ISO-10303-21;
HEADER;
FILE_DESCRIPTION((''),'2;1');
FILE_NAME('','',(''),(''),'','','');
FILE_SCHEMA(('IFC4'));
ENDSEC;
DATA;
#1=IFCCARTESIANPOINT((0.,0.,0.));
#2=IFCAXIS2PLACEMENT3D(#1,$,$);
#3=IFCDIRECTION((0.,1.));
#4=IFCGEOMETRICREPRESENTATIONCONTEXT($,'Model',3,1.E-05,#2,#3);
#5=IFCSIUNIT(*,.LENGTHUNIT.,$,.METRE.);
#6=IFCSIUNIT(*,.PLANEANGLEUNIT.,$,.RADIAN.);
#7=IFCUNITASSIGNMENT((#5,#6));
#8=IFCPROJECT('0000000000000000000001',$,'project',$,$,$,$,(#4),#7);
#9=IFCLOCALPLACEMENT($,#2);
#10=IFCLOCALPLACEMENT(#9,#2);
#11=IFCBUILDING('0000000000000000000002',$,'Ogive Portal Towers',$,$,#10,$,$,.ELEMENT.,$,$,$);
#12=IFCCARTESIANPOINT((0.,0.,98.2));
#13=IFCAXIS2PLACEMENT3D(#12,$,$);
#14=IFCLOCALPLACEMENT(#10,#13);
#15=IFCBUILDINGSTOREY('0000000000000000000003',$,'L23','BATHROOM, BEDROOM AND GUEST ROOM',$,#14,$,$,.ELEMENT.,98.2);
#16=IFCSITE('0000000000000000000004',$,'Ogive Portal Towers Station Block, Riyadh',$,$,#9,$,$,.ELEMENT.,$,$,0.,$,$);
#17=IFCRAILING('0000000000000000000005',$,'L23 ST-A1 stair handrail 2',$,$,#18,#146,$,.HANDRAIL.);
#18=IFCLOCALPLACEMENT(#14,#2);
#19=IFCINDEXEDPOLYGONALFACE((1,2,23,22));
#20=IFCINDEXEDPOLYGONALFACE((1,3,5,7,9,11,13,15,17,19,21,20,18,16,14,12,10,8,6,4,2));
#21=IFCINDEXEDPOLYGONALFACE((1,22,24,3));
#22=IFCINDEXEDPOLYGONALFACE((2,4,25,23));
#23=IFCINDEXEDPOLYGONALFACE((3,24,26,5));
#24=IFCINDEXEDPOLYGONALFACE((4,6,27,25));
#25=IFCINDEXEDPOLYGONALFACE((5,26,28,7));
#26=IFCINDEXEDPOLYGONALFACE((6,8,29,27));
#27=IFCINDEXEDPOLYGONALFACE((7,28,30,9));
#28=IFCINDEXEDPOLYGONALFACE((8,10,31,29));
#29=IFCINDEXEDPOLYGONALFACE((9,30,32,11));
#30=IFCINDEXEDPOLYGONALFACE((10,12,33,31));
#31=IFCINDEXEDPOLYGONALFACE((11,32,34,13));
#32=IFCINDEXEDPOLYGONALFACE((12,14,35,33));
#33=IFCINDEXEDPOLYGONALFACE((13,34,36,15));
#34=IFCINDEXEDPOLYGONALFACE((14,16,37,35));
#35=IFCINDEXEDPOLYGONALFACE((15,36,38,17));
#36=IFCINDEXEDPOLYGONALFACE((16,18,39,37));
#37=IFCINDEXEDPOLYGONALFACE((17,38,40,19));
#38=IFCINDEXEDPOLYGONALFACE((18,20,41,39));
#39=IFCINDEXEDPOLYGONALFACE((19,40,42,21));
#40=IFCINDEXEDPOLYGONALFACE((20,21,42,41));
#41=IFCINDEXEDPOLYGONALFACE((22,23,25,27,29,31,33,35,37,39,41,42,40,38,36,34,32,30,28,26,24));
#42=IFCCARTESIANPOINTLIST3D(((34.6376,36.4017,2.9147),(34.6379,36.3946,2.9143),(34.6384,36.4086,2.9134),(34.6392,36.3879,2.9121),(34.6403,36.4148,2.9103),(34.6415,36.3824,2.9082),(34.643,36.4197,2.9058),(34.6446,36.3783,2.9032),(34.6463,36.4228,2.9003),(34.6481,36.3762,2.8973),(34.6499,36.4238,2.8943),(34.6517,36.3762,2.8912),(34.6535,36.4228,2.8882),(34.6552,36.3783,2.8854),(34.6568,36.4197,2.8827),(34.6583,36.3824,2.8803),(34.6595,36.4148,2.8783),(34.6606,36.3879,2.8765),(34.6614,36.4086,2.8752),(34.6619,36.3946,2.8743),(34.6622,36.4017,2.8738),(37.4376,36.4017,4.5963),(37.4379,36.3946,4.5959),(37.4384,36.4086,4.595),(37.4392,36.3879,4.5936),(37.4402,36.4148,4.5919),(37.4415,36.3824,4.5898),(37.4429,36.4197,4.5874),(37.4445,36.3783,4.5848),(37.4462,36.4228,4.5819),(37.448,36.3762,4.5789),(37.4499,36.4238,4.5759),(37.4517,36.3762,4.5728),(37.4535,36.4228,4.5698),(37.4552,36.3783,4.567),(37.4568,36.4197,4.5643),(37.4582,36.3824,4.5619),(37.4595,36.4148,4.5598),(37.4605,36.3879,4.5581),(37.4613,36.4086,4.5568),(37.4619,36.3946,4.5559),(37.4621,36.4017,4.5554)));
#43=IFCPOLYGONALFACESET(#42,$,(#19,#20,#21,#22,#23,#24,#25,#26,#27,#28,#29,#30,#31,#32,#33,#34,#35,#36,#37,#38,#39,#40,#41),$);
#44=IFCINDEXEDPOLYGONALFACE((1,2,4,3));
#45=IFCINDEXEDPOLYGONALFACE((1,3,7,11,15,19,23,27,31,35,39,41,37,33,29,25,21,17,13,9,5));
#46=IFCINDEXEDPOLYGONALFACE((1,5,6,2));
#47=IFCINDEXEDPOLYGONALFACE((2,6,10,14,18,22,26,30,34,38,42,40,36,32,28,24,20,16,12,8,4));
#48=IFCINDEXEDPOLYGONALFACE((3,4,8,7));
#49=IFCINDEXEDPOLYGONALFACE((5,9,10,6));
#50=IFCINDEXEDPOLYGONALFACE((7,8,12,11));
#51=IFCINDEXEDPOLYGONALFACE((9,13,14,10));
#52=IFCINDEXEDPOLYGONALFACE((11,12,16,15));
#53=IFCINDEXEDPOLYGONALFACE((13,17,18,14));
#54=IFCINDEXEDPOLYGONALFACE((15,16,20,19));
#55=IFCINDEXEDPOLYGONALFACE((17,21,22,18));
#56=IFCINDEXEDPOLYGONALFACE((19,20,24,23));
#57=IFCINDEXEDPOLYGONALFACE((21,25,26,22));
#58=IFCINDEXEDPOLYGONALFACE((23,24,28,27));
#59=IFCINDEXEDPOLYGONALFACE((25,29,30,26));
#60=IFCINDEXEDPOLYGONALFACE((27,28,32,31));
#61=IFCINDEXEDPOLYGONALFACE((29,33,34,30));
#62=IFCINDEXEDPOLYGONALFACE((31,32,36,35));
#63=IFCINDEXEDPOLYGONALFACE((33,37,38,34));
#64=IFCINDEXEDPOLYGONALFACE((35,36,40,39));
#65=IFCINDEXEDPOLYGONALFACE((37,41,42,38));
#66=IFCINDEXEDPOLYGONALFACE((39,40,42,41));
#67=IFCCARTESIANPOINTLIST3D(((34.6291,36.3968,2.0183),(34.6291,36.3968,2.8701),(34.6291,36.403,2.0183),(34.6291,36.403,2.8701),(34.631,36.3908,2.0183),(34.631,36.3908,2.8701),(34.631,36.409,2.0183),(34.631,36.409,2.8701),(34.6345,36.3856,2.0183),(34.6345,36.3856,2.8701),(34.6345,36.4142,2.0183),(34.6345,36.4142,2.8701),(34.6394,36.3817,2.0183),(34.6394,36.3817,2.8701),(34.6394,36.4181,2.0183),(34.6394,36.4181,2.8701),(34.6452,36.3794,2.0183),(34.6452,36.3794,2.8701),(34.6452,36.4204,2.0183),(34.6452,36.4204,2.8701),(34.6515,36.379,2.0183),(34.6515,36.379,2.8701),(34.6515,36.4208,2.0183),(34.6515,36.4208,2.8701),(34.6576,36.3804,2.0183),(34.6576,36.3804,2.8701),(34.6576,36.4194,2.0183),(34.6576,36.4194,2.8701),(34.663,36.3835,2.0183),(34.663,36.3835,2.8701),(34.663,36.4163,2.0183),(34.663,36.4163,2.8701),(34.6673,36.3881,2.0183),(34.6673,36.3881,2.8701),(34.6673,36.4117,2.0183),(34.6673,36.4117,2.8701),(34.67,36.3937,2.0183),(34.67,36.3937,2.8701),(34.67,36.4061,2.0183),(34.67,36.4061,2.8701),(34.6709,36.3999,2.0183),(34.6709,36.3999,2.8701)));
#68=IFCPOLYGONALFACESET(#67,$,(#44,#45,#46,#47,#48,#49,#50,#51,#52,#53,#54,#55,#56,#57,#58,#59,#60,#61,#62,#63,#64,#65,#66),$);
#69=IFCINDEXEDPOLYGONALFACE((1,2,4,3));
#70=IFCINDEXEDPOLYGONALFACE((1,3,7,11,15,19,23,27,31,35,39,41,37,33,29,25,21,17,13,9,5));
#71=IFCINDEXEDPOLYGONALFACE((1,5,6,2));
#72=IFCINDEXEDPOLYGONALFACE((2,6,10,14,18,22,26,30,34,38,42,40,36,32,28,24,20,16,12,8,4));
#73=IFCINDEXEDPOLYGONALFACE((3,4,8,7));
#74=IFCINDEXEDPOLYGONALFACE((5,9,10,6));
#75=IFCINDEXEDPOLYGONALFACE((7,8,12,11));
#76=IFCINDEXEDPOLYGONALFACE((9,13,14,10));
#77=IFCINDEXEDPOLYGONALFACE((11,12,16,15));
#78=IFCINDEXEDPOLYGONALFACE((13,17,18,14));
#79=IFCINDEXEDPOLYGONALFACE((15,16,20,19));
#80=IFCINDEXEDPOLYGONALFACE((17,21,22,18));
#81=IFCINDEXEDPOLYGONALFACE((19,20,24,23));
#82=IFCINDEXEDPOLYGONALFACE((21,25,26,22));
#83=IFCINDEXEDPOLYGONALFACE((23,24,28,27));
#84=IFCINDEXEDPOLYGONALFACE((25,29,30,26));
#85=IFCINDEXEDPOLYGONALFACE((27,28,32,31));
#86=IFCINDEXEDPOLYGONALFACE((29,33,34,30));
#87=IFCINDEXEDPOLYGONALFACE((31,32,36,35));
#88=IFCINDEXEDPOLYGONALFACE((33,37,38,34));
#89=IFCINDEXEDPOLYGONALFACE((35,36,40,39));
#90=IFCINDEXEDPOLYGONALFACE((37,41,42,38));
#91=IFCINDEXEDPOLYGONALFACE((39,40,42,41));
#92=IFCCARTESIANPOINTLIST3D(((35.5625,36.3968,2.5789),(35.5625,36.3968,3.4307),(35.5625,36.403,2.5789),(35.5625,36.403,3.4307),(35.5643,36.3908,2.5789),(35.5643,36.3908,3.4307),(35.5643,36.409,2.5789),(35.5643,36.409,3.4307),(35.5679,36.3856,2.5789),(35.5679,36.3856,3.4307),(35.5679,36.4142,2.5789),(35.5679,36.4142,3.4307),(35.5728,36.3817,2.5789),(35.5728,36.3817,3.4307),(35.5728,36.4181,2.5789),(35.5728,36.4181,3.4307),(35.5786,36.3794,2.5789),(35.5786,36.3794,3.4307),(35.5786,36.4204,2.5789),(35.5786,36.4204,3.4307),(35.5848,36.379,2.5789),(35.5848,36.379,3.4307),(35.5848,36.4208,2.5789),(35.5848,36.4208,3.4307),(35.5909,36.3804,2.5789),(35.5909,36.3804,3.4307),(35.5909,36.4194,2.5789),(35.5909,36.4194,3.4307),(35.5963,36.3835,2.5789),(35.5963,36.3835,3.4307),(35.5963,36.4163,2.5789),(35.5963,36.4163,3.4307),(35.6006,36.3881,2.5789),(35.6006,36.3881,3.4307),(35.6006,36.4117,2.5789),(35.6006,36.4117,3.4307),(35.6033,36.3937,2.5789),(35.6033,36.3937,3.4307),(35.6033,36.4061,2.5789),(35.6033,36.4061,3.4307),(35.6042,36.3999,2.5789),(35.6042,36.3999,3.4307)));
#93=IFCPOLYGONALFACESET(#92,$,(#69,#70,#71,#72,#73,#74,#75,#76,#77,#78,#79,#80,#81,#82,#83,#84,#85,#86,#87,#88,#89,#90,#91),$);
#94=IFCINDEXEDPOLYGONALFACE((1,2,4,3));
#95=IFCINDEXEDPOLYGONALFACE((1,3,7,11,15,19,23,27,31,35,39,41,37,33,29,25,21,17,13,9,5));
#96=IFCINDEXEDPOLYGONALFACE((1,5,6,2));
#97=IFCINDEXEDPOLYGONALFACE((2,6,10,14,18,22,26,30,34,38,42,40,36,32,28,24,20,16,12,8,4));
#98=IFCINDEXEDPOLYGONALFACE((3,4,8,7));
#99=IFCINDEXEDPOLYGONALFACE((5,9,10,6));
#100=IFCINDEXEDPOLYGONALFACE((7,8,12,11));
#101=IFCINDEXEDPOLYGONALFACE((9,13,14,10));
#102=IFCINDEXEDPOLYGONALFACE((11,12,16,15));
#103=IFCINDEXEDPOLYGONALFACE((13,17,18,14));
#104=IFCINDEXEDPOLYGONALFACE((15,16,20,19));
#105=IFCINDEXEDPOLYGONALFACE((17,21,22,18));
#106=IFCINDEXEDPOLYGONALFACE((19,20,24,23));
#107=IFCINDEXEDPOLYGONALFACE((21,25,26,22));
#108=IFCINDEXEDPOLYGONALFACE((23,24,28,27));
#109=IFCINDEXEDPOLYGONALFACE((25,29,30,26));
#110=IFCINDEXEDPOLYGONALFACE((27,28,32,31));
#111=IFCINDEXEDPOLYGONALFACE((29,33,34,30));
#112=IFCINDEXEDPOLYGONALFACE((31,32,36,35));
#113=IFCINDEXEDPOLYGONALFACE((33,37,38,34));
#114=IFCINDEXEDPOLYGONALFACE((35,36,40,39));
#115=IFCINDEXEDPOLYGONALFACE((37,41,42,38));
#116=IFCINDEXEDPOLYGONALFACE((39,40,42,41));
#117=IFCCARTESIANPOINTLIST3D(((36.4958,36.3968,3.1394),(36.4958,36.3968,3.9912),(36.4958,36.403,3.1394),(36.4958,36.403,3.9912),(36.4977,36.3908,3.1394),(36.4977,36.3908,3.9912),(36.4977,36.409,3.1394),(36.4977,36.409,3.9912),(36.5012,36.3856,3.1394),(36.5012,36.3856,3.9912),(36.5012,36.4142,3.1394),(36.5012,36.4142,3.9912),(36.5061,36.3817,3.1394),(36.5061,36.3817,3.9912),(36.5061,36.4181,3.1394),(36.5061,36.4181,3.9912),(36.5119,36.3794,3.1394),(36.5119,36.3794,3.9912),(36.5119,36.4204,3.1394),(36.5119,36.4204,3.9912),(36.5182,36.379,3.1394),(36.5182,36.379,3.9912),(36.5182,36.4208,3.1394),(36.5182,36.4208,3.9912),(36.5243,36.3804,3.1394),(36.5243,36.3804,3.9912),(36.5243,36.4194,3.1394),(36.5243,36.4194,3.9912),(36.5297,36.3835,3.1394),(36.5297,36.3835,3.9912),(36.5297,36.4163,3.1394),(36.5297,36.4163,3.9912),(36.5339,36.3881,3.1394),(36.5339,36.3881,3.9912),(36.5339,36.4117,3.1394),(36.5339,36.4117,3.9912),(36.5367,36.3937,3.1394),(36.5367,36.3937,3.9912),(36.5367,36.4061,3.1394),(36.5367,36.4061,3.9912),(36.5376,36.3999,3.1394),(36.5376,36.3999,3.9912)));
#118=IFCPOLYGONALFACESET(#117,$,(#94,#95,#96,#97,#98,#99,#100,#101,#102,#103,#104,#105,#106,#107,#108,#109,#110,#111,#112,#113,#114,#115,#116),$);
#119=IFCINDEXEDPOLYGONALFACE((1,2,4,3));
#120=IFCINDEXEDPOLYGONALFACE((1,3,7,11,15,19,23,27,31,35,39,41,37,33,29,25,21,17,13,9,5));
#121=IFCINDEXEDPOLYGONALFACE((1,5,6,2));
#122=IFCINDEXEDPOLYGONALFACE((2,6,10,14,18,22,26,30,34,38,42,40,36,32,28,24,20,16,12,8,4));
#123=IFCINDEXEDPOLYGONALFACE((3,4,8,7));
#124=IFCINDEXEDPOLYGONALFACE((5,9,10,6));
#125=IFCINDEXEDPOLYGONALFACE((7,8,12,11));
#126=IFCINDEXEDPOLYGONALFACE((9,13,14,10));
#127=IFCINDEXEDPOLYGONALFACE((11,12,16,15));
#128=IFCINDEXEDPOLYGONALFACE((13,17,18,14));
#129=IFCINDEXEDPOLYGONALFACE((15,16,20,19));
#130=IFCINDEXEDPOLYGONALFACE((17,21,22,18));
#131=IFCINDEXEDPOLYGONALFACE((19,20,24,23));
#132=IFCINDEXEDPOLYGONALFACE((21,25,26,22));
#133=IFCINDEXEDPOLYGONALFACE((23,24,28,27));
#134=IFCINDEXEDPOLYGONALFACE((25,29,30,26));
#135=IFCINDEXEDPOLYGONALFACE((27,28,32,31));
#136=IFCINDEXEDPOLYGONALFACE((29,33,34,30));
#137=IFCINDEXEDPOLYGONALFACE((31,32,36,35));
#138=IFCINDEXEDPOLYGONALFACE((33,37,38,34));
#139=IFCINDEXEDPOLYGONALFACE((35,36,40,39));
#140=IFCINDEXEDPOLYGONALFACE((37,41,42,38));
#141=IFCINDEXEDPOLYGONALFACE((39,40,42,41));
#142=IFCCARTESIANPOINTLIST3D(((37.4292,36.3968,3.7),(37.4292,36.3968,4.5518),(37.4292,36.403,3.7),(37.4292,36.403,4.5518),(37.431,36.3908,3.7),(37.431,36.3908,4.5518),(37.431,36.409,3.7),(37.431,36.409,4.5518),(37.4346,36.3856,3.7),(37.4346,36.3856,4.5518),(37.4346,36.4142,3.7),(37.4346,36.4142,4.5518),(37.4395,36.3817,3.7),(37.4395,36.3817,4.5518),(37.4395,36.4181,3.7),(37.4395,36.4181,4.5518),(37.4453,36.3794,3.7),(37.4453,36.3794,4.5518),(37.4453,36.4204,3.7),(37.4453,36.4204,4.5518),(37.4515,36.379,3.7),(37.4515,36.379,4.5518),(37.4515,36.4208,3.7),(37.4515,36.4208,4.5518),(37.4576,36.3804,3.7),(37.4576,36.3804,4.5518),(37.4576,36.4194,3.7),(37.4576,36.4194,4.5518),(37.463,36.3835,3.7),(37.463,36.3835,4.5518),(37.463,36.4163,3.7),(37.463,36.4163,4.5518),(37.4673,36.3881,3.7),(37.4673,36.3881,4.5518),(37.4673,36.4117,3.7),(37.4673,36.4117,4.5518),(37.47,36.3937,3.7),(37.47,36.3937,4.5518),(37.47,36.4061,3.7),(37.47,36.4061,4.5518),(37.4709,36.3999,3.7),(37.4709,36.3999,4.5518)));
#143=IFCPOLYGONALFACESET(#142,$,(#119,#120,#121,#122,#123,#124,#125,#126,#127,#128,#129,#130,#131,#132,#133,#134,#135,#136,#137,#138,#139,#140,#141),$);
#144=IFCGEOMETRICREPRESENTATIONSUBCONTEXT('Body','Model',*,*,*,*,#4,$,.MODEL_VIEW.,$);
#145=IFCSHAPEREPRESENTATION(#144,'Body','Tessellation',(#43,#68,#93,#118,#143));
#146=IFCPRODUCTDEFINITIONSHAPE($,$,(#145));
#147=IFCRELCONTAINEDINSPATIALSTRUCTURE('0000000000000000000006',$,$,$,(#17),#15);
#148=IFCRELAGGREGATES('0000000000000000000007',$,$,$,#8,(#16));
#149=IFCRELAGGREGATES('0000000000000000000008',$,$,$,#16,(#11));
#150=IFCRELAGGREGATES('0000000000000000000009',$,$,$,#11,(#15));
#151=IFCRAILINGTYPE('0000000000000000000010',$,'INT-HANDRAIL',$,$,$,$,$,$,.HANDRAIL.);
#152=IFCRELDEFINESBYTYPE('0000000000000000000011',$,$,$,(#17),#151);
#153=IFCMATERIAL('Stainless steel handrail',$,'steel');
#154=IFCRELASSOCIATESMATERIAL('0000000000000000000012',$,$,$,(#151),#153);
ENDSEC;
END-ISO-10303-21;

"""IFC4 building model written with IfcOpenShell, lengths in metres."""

from ifc_helpers import new_model, si_unit, direction, frame, origin, origin_2d, place, context, subcontext, project, spatial, circle, extrude, material, type_object, element, save


model = new_model("IFC4")

# Units and contexts
model_context = context("Model", 3, precision=1e-05, world=origin(), true_north=direction((0.0, 1.0)))
body_context = subcontext(model_context, "Body", "Model", "MODEL_VIEW")
ifc_project = project(units=[si_unit("LENGTHUNIT", "METRE"), si_unit("PLANEANGLEUNIT", "RADIAN")], contexts=[model_context])

# Site, building, storey
site_placement = place(None, origin())
site = spatial("IfcSite", under=ifc_project, at=site_placement, Name="Ogive Portal Towers Station Block, Riyadh", CompositionType="ELEMENT", RefElevation=0.0)
building_placement = place(site_placement, origin())
building = spatial("IfcBuilding", under=site, at=building_placement, Name="Ogive Portal Towers", CompositionType="ELEMENT")
storey_placement = place(building_placement, frame((0.0, 0.0, 98.2)))
storey = spatial("IfcBuildingStorey", under=building, at=storey_placement, Name="L23", Description="BATHROOM, BEDROOM AND GUEST ROOM", CompositionType="ELEMENT", Elevation=98.2)

# Railing
ifc_material_1 = material(Name="Stainless steel handrail", Category="steel")
railing_type_1 = type_object("IfcRailingType", Name="INT-HANDRAIL", PredefinedType="HANDRAIL", material=ifc_material_1)
railing_1_placement = place(storey_placement, frame((34.6499, 36.3999, 2.0183)))
element("IfcRailing", 1, at=railing_1_placement, inside=storey, type_object=railing_type_1, Name="L23 ST-A1 stair handrail 2", PredefinedType="HANDRAIL", context=body_context, shape_type="SweptSolid", body=[
    extrude(circle(Radius=0.0239, at=origin_2d()), frame((0.0, 0.0, 0.876), z_axis=(0.857275, 0.0, 0.514858), x_axis=(0.0, 1.0, 0.0)), (0.0, 0.0, 1.0), 3.2661),
    extrude(circle(Radius=0.021, at=origin_2d()), origin(), (0.0, 0.0, 1.0), 0.8518),
    extrude(circle(Radius=0.021, at=origin_2d()), frame((0.9333, 0.0, 0.5605)), (0.0, 0.0, 1.0), 0.8518),
    extrude(circle(Radius=0.021, at=origin_2d()), frame((1.8667, 0.0, 1.1211)), (0.0, 0.0, 1.0), 0.8518),
    extrude(circle(Radius=0.021, at=origin_2d()), frame((2.8, 0.0, 1.6816)), (0.0, 0.0, 1.0), 0.8518),
])

save(model, "model.ifc")
